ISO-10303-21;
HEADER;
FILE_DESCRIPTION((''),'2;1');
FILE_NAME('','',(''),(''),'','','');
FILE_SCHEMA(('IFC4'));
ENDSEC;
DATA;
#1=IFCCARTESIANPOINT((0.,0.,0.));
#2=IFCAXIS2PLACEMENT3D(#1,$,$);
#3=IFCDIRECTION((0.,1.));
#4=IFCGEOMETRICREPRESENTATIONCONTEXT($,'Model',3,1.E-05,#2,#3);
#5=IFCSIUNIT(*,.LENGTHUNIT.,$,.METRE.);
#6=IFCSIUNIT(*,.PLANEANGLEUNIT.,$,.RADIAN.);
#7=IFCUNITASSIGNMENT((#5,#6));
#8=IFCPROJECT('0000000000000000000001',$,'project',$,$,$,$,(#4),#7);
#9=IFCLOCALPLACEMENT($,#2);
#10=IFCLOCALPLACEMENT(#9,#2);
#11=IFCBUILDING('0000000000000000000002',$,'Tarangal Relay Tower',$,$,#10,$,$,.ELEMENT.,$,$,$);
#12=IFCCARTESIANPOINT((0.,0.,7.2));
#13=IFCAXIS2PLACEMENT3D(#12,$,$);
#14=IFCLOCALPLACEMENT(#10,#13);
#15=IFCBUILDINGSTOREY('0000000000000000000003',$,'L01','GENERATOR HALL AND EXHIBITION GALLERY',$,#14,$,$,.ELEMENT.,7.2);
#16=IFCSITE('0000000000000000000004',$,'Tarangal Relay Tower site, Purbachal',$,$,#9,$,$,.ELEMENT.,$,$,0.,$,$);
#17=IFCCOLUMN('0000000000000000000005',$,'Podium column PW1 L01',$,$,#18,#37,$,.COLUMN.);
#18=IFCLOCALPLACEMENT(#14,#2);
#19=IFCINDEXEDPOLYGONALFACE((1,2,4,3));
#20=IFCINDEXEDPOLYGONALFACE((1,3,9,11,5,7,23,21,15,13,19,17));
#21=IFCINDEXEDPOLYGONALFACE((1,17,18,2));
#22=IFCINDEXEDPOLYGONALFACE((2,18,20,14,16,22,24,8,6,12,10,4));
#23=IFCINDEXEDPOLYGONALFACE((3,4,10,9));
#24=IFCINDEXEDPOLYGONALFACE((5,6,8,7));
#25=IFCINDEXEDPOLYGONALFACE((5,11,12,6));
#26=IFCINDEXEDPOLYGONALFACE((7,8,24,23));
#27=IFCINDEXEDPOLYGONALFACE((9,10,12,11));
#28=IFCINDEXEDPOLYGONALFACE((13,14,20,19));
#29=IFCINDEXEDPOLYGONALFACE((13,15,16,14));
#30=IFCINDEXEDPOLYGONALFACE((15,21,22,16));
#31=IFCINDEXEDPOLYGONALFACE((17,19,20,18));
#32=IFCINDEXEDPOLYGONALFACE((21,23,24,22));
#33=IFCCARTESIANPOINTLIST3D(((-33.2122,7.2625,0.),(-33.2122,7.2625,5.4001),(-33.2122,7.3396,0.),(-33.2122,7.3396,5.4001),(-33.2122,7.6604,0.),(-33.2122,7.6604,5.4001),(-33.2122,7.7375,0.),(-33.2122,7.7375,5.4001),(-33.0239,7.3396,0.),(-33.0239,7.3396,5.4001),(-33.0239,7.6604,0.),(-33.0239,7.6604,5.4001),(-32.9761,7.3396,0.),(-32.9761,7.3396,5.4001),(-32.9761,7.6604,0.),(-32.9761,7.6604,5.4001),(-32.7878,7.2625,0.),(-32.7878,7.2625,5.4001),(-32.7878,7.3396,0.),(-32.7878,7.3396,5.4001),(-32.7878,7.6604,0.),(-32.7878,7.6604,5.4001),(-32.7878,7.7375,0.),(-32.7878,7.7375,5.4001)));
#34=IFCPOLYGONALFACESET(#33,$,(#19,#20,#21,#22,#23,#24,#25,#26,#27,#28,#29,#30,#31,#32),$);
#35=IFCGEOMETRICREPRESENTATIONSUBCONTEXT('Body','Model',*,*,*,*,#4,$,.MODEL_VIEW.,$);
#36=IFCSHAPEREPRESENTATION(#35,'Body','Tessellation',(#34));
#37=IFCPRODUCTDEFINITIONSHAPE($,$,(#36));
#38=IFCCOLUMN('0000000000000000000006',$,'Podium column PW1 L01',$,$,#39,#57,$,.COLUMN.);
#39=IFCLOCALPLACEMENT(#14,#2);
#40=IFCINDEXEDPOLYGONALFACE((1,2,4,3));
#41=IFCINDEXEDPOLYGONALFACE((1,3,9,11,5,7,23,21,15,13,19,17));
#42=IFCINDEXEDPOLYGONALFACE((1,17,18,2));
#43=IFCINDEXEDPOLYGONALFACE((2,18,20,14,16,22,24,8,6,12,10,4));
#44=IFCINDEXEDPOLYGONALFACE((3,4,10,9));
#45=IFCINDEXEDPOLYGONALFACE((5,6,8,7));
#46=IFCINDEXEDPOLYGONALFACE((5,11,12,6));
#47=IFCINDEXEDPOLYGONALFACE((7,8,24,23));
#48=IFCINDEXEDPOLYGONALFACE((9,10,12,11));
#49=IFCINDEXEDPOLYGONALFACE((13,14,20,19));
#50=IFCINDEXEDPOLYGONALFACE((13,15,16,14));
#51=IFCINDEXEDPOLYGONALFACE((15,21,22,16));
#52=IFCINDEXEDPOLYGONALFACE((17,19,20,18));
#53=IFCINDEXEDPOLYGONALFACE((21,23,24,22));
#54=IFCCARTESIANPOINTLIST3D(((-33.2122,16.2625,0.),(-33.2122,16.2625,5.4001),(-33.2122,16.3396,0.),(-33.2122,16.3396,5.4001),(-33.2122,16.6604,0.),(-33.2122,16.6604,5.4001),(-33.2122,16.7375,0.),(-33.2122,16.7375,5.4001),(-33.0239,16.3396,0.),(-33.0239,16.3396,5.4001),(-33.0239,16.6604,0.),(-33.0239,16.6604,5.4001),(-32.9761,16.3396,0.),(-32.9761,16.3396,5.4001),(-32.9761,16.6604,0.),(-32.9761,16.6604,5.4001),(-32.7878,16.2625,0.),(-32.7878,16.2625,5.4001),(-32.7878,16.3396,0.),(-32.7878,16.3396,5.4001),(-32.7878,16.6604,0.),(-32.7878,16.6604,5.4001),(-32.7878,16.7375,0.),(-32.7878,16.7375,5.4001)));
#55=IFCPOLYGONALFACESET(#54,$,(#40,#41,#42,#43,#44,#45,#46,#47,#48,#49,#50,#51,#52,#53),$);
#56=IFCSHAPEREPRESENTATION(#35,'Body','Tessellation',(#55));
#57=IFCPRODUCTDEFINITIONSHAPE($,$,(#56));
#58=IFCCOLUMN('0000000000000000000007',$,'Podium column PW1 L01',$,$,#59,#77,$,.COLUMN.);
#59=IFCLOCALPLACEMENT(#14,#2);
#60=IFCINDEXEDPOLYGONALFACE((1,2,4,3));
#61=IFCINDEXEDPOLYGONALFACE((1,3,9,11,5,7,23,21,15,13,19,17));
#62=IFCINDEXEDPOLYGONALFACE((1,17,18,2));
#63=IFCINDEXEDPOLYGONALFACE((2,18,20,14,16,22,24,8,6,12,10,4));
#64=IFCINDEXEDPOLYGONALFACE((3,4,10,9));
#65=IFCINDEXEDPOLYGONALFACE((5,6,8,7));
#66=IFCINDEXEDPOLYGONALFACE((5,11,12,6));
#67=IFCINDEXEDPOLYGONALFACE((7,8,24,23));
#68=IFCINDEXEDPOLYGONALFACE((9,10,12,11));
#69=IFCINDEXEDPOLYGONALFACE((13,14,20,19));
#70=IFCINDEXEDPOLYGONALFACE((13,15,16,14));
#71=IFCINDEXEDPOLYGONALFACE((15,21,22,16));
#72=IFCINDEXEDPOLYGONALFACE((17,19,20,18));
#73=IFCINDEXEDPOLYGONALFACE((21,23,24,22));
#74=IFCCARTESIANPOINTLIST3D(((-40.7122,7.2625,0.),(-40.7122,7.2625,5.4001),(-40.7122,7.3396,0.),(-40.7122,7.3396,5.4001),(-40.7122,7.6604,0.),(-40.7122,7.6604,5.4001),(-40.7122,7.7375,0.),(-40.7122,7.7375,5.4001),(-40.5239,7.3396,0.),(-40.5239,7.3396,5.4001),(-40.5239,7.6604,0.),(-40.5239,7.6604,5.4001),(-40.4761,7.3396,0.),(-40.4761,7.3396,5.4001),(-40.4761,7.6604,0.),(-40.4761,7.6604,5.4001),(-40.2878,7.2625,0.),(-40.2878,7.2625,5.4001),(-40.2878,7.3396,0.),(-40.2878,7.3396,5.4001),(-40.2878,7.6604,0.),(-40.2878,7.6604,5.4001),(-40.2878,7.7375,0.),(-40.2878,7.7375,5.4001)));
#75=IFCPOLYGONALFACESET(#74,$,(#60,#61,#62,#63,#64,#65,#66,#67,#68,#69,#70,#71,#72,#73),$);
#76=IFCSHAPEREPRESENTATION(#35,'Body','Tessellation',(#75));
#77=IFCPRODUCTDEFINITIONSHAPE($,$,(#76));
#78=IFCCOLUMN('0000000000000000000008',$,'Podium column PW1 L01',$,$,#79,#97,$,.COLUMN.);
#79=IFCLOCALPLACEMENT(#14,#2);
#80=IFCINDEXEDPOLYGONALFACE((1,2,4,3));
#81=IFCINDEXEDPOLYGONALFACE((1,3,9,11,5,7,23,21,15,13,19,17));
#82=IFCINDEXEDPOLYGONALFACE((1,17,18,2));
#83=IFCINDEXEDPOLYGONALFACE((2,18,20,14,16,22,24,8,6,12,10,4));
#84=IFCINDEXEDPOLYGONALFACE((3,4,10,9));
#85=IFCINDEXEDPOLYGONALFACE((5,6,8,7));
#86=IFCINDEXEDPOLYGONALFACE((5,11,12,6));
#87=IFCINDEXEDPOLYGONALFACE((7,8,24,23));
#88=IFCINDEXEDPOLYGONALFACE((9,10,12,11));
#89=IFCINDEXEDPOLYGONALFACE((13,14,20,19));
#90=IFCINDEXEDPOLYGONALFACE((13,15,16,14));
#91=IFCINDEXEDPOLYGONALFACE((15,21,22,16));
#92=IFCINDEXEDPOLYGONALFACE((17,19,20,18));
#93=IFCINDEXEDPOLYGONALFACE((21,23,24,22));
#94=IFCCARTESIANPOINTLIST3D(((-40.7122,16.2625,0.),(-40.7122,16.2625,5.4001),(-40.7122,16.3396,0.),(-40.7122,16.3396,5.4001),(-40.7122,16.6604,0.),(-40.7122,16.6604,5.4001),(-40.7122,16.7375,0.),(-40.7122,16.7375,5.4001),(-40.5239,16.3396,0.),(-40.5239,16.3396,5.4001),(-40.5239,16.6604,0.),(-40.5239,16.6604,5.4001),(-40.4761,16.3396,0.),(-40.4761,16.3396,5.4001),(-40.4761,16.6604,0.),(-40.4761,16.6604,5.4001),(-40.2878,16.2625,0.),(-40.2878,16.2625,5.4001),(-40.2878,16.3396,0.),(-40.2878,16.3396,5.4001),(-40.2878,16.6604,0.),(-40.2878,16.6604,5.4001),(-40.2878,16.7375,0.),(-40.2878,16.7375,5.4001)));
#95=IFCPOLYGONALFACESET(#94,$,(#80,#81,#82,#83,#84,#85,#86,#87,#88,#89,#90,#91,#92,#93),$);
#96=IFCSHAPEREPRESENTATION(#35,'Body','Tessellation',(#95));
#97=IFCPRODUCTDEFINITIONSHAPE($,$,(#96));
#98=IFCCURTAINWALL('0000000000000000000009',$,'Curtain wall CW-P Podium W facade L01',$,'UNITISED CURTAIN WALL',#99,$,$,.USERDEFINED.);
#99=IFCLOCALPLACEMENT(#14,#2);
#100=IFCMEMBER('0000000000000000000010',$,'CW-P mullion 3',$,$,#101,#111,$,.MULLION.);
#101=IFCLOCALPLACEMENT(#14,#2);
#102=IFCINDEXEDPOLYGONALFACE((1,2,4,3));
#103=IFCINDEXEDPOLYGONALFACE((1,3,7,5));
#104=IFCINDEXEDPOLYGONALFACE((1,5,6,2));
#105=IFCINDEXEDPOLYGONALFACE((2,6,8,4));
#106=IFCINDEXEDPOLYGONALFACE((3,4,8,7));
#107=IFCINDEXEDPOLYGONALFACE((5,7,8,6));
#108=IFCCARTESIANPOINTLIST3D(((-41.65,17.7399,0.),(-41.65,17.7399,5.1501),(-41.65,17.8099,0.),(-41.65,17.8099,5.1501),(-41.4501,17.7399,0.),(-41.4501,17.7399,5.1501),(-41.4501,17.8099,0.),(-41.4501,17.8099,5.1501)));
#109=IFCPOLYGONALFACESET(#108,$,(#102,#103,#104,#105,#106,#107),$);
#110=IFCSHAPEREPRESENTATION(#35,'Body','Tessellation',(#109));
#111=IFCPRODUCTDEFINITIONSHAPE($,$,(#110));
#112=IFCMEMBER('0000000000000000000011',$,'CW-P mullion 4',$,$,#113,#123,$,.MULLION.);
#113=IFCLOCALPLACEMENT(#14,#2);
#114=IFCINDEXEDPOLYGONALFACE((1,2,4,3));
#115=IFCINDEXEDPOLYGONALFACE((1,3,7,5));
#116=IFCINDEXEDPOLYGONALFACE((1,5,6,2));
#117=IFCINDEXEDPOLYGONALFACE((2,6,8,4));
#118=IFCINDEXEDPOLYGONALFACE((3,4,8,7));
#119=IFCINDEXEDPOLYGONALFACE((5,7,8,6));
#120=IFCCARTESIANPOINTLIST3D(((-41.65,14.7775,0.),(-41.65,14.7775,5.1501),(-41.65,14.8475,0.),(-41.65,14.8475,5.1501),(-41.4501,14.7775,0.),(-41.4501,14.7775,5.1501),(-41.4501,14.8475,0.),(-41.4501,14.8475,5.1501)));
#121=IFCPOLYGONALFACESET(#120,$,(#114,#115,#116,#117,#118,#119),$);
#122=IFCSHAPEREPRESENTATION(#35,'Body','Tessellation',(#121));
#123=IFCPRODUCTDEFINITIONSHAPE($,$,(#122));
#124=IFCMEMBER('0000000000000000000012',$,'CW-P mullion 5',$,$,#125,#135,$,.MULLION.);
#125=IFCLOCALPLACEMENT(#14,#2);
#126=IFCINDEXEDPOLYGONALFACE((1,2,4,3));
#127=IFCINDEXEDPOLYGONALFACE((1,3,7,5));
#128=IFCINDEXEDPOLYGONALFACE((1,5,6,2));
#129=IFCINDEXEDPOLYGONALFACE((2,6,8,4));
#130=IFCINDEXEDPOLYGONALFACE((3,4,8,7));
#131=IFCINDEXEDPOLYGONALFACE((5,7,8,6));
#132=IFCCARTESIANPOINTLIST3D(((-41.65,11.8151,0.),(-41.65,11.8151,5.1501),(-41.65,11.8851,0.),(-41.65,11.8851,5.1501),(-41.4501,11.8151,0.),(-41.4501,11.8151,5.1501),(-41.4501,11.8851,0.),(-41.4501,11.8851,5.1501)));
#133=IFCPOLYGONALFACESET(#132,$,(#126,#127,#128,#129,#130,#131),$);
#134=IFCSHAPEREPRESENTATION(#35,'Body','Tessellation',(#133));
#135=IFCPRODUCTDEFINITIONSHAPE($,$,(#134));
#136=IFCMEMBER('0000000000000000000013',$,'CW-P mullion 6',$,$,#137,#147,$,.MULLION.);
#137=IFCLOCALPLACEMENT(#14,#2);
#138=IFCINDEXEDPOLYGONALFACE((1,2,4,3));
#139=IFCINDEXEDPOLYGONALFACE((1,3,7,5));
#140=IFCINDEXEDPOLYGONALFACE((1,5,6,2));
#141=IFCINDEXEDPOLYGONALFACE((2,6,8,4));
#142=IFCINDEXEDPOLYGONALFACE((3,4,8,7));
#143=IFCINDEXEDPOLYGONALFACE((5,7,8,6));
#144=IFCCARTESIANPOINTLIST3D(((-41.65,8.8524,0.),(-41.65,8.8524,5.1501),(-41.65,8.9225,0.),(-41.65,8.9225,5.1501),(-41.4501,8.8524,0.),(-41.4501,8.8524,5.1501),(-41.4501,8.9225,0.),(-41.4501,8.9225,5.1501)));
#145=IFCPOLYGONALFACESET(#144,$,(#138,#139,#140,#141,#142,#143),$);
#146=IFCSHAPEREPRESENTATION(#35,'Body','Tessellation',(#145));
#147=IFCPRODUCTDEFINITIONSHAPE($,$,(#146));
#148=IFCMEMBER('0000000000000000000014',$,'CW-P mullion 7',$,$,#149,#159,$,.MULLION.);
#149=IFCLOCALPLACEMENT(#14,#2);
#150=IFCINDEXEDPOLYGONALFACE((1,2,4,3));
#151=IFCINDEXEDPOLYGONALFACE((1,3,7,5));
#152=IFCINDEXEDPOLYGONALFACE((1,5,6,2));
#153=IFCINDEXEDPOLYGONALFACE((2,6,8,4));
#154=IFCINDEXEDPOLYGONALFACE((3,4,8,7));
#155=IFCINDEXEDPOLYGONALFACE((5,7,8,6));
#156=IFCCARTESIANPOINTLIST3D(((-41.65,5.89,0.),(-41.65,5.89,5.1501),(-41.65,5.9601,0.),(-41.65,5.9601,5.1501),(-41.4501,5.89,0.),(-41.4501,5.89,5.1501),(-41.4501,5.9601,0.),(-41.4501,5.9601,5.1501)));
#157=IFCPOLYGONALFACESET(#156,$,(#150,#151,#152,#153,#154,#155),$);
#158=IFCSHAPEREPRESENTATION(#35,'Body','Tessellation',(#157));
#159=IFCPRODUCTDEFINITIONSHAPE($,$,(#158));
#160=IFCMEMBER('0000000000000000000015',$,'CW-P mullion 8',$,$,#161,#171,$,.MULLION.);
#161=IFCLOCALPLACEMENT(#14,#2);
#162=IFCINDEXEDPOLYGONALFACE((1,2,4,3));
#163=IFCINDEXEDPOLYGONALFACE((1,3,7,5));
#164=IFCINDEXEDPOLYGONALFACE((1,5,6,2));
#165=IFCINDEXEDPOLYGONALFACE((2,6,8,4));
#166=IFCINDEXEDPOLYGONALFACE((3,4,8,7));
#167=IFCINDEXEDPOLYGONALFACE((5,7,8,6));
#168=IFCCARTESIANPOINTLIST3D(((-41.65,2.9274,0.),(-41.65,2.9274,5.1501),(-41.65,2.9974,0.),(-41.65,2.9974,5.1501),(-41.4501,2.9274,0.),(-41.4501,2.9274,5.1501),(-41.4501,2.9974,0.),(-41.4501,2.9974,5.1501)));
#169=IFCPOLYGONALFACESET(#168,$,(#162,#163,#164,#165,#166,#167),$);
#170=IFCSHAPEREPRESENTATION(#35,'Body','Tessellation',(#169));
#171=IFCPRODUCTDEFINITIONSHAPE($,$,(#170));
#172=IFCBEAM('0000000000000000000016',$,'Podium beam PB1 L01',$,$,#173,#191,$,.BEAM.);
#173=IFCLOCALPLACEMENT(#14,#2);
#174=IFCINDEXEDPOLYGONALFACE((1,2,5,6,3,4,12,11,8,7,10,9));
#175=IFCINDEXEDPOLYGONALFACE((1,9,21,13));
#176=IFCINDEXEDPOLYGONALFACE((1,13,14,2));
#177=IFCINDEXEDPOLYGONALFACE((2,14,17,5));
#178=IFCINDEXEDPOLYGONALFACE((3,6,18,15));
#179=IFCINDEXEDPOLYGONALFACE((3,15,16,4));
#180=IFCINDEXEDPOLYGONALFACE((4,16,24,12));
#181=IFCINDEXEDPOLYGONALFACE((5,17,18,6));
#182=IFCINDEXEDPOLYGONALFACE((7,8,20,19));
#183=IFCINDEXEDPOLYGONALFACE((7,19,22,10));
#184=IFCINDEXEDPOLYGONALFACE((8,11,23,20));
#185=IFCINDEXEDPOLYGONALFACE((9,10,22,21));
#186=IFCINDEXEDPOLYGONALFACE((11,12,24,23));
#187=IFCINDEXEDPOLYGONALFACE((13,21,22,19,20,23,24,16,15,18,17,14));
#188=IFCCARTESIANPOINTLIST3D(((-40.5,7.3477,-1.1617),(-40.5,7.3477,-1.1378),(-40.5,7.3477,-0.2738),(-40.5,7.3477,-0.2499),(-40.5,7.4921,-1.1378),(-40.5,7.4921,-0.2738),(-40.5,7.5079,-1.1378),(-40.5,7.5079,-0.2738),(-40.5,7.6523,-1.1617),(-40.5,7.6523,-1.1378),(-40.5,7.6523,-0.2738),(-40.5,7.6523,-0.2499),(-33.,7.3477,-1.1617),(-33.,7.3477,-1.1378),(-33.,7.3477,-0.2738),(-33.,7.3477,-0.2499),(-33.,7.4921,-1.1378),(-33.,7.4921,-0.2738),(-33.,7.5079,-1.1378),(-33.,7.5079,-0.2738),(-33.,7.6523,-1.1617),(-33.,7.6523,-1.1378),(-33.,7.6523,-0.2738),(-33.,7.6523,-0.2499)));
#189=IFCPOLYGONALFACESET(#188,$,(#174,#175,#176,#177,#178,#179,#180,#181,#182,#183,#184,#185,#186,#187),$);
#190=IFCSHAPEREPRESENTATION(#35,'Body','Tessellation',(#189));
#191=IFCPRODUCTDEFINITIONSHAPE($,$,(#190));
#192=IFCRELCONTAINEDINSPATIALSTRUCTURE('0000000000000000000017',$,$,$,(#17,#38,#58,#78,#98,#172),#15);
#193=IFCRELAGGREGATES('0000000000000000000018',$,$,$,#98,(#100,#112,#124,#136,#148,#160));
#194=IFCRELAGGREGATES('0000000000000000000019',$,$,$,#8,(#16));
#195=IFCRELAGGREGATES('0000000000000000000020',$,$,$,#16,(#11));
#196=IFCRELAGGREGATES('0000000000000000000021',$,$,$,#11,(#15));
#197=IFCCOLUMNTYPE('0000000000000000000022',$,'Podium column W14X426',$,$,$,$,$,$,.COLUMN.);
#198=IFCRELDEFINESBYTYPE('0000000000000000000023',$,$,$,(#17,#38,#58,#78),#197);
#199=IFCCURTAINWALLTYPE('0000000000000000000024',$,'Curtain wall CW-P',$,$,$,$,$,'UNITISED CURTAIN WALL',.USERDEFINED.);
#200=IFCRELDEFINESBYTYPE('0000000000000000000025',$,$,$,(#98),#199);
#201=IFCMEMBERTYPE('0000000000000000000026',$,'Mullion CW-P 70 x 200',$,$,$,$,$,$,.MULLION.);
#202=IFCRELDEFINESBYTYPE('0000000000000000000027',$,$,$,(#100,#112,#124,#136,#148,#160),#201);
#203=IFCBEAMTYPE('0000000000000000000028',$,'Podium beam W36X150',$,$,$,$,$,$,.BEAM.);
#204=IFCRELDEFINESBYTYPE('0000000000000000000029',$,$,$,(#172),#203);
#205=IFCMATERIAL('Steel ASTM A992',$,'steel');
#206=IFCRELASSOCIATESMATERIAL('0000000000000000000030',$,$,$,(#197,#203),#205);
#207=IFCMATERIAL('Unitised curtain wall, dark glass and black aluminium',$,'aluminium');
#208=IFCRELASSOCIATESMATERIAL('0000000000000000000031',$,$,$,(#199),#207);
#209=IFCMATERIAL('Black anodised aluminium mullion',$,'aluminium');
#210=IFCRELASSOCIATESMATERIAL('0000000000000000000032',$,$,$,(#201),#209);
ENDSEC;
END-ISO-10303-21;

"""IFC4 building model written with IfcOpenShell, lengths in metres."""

from ifc_helpers import new_model, si_unit, direction, frame, origin, origin_2d, place, context, subcontext, project, spatial, rectangle, i_section, extrude, material, material_profile, profile_set, type_object, element, aggregate, save


model = new_model("IFC4")

# Units and contexts
model_context = context("Model", 3, precision=1e-05, world=origin(), true_north=direction((0.0, 1.0)))
body_context = subcontext(model_context, "Body", "Model", "MODEL_VIEW")
ifc_project = project(units=[si_unit("LENGTHUNIT", "METRE"), si_unit("PLANEANGLEUNIT", "RADIAN")], contexts=[model_context])

# Site, building, storey
site_placement = place(None, origin())
site = spatial("IfcSite", under=ifc_project, at=site_placement, Name="Tarangal Relay Tower site, Purbachal", CompositionType="ELEMENT", RefElevation=0.0)
building_placement = place(site_placement, origin())
building = spatial("IfcBuilding", under=site, at=building_placement, Name="Tarangal Relay Tower", CompositionType="ELEMENT")
storey_placement = place(building_placement, frame((0.0, 0.0, 7.2)))
storey = spatial("IfcBuildingStorey", under=building, at=storey_placement, Name="L01", Description="GENERATOR HALL AND EXHIBITION GALLERY", CompositionType="ELEMENT", Elevation=7.2)

# Columns
ifc_material_1 = material(Name="Steel ASTM A992", Category="steel")
ifc_material_profile_1 = material_profile(ifc_material_1, i_section(OverallWidth=0.4243, OverallDepth=0.4751, WebThickness=0.0479, FlangeThickness=0.0771, at=origin_2d()), Name="W14X426")
ifc_profile_set_1 = profile_set([ifc_material_profile_1], Name="Steel ASTM A992")
column_type = type_object("IfcColumnType", Name="Podium column W14X426", PredefinedType="COLUMN", material=ifc_profile_set_1)
for number, where, z_axis, x_axis, name in (
    (1, (-33.0, 7.5, 0.0), (0.0, 0.0, 1.0), (1.0, 0.0, 0.0), "Podium column PW1 L01"),
    (2, (-33.0, 16.5, 0.0), (0.0, 0.0, 1.0), (1.0, 0.0, 0.0), "Podium column PW1 L01"),
    (3, (-40.5, 7.5, 0.0), (0.0, 0.0, 1.0), (1.0, 0.0, 0.0), "Podium column PW1 L01"),
    (4, (-40.5, 16.5, 0.0), (0.0, 0.0, 1.0), (1.0, 0.0, 0.0), "Podium column PW1 L01"),
):
    element("IfcColumn", number, at=place(storey_placement, frame(where, z_axis=z_axis, x_axis=x_axis)), inside=storey, type_object=column_type, Name=name, PredefinedType="COLUMN", context=body_context, shape_type="SweptSolid", body=[
        extrude(i_section(OverallWidth=0.4243, OverallDepth=0.4751, WebThickness=0.0479, FlangeThickness=0.0771, at=origin_2d()), origin(), (0.0, 0.0, 1.0), 5.4001),
    ])

# Curtain wall, members
ifc_material_2 = material(Name="Unitised curtain wall, dark glass and black aluminium", Category="aluminium")
curtain_wall_type = type_object("IfcCurtainWallType", Name="Curtain wall CW-P", ElementType="UNITISED CURTAIN WALL", PredefinedType="USERDEFINED", material=ifc_material_2)
curtain_wall_placement = place(storey_placement, origin())
curtain_wall = element("IfcCurtainWall", 5, at=curtain_wall_placement, inside=storey, type_object=curtain_wall_type, Name="Curtain wall CW-P Podium W facade L01", ObjectType="UNITISED CURTAIN WALL", PredefinedType="USERDEFINED")
ifc_material_3 = material(Name="Black anodised aluminium mullion", Category="aluminium")
ifc_material_profile_2 = material_profile(ifc_material_3, rectangle(XDim=0.2, YDim=0.0701, at=origin_2d()), Name="CW-PM 70X200")
ifc_profile_set_2 = profile_set([ifc_material_profile_2], Name="Black anodised aluminium mullion")
member_type_1 = type_object("IfcMemberType", Name="Mullion CW-P 70 x 200", PredefinedType="MULLION", material=ifc_profile_set_2)
member_1_placement = place(storey_placement, frame((-41.55, 17.7749, 0.0), z_axis=(0.0, 0.0, 1.0), x_axis=(1.0, 0.0, 0.0)))
member_1 = element("IfcMember", 6, at=member_1_placement, type_object=member_type_1, Name="CW-P mullion 3", PredefinedType="MULLION", context=body_context, shape_type="SweptSolid", body=[
    extrude(rectangle(XDim=0.2, YDim=0.0701, at=origin_2d()), origin(), (0.0, 0.0, 1.0), 5.1501),
])
member_2_placement = place(storey_placement, frame((-41.55, 14.8125, 0.0), z_axis=(0.0, 0.0, 1.0), x_axis=(1.0, 0.0, 0.0)))
member_2 = element("IfcMember", 7, at=member_2_placement, type_object=member_type_1, Name="CW-P mullion 4", PredefinedType="MULLION", context=body_context, shape_type="SweptSolid", body=[
    extrude(rectangle(XDim=0.2, YDim=0.0701, at=origin_2d()), origin(), (0.0, 0.0, 1.0), 5.1501),
])
member_3_placement = place(storey_placement, frame((-41.55, 11.8501, 0.0), z_axis=(0.0, 0.0, 1.0), x_axis=(1.0, 0.0, 0.0)))
member_3 = element("IfcMember", 8, at=member_3_placement, type_object=member_type_1, Name="CW-P mullion 5", PredefinedType="MULLION", context=body_context, shape_type="SweptSolid", body=[
    extrude(rectangle(XDim=0.2, YDim=0.0701, at=origin_2d()), origin(), (0.0, 0.0, 1.0), 5.1501),
])
member_4_placement = place(storey_placement, frame((-41.55, 8.8875, 0.0), z_axis=(0.0, 0.0, 1.0), x_axis=(1.0, 0.0, 0.0)))
member_4 = element("IfcMember", 9, at=member_4_placement, type_object=member_type_1, Name="CW-P mullion 6", PredefinedType="MULLION", context=body_context, shape_type="SweptSolid", body=[
    extrude(rectangle(XDim=0.2, YDim=0.0701, at=origin_2d()), origin(), (0.0, 0.0, 1.0), 5.1501),
])
member_5_placement = place(storey_placement, frame((-41.55, 5.925, 0.0), z_axis=(0.0, 0.0, 1.0), x_axis=(1.0, 0.0, 0.0)))
member_5 = element("IfcMember", 10, at=member_5_placement, type_object=member_type_1, Name="CW-P mullion 7", PredefinedType="MULLION", context=body_context, shape_type="SweptSolid", body=[
    extrude(rectangle(XDim=0.2, YDim=0.0701, at=origin_2d()), origin(), (0.0, 0.0, 1.0), 5.1501),
])
member_6_placement = place(storey_placement, frame((-41.55, 2.9624, 0.0), z_axis=(0.0, 0.0, 1.0), x_axis=(1.0, 0.0, 0.0)))
member_6 = element("IfcMember", 11, at=member_6_placement, type_object=member_type_1, Name="CW-P mullion 8", PredefinedType="MULLION", context=body_context, shape_type="SweptSolid", body=[
    extrude(rectangle(XDim=0.2, YDim=0.0701, at=origin_2d()), origin(), (0.0, 0.0, 1.0), 5.1501),
])

# Beam
ifc_material_profile_3 = material_profile(ifc_material_1, i_section(OverallWidth=0.3047, OverallDepth=0.9119, WebThickness=0.0159, FlangeThickness=0.0239, at=origin_2d()), Name="W36X150")
ifc_profile_set_3 = profile_set([ifc_material_profile_3], Name="Steel ASTM A992")
beam_type_1 = type_object("IfcBeamType", Name="Podium beam W36X150", PredefinedType="BEAM", material=ifc_profile_set_3)
for number, where, z_axis, x_axis, name in (
    (12, (-33.0, 7.5, -0.7058), (-1.0, 0.0, 0.0), (0.0, -1.0, 0.0), "Podium beam PB1 L01"),
):
    element("IfcBeam", number, at=place(storey_placement, frame(where, z_axis=z_axis, x_axis=x_axis)), inside=storey, type_object=beam_type_1, Name=name, PredefinedType="BEAM", context=body_context, shape_type="SweptSolid", body=[
        extrude(i_section(OverallWidth=0.3047, OverallDepth=0.9119, WebThickness=0.0159, FlangeThickness=0.0239, at=origin_2d()), origin(), (0.0, 0.0, 1.0), 7.5),
    ])

aggregate(curtain_wall, [member_1, member_2, member_3, member_4, member_5, member_6])

save(model, "model.ifc")
